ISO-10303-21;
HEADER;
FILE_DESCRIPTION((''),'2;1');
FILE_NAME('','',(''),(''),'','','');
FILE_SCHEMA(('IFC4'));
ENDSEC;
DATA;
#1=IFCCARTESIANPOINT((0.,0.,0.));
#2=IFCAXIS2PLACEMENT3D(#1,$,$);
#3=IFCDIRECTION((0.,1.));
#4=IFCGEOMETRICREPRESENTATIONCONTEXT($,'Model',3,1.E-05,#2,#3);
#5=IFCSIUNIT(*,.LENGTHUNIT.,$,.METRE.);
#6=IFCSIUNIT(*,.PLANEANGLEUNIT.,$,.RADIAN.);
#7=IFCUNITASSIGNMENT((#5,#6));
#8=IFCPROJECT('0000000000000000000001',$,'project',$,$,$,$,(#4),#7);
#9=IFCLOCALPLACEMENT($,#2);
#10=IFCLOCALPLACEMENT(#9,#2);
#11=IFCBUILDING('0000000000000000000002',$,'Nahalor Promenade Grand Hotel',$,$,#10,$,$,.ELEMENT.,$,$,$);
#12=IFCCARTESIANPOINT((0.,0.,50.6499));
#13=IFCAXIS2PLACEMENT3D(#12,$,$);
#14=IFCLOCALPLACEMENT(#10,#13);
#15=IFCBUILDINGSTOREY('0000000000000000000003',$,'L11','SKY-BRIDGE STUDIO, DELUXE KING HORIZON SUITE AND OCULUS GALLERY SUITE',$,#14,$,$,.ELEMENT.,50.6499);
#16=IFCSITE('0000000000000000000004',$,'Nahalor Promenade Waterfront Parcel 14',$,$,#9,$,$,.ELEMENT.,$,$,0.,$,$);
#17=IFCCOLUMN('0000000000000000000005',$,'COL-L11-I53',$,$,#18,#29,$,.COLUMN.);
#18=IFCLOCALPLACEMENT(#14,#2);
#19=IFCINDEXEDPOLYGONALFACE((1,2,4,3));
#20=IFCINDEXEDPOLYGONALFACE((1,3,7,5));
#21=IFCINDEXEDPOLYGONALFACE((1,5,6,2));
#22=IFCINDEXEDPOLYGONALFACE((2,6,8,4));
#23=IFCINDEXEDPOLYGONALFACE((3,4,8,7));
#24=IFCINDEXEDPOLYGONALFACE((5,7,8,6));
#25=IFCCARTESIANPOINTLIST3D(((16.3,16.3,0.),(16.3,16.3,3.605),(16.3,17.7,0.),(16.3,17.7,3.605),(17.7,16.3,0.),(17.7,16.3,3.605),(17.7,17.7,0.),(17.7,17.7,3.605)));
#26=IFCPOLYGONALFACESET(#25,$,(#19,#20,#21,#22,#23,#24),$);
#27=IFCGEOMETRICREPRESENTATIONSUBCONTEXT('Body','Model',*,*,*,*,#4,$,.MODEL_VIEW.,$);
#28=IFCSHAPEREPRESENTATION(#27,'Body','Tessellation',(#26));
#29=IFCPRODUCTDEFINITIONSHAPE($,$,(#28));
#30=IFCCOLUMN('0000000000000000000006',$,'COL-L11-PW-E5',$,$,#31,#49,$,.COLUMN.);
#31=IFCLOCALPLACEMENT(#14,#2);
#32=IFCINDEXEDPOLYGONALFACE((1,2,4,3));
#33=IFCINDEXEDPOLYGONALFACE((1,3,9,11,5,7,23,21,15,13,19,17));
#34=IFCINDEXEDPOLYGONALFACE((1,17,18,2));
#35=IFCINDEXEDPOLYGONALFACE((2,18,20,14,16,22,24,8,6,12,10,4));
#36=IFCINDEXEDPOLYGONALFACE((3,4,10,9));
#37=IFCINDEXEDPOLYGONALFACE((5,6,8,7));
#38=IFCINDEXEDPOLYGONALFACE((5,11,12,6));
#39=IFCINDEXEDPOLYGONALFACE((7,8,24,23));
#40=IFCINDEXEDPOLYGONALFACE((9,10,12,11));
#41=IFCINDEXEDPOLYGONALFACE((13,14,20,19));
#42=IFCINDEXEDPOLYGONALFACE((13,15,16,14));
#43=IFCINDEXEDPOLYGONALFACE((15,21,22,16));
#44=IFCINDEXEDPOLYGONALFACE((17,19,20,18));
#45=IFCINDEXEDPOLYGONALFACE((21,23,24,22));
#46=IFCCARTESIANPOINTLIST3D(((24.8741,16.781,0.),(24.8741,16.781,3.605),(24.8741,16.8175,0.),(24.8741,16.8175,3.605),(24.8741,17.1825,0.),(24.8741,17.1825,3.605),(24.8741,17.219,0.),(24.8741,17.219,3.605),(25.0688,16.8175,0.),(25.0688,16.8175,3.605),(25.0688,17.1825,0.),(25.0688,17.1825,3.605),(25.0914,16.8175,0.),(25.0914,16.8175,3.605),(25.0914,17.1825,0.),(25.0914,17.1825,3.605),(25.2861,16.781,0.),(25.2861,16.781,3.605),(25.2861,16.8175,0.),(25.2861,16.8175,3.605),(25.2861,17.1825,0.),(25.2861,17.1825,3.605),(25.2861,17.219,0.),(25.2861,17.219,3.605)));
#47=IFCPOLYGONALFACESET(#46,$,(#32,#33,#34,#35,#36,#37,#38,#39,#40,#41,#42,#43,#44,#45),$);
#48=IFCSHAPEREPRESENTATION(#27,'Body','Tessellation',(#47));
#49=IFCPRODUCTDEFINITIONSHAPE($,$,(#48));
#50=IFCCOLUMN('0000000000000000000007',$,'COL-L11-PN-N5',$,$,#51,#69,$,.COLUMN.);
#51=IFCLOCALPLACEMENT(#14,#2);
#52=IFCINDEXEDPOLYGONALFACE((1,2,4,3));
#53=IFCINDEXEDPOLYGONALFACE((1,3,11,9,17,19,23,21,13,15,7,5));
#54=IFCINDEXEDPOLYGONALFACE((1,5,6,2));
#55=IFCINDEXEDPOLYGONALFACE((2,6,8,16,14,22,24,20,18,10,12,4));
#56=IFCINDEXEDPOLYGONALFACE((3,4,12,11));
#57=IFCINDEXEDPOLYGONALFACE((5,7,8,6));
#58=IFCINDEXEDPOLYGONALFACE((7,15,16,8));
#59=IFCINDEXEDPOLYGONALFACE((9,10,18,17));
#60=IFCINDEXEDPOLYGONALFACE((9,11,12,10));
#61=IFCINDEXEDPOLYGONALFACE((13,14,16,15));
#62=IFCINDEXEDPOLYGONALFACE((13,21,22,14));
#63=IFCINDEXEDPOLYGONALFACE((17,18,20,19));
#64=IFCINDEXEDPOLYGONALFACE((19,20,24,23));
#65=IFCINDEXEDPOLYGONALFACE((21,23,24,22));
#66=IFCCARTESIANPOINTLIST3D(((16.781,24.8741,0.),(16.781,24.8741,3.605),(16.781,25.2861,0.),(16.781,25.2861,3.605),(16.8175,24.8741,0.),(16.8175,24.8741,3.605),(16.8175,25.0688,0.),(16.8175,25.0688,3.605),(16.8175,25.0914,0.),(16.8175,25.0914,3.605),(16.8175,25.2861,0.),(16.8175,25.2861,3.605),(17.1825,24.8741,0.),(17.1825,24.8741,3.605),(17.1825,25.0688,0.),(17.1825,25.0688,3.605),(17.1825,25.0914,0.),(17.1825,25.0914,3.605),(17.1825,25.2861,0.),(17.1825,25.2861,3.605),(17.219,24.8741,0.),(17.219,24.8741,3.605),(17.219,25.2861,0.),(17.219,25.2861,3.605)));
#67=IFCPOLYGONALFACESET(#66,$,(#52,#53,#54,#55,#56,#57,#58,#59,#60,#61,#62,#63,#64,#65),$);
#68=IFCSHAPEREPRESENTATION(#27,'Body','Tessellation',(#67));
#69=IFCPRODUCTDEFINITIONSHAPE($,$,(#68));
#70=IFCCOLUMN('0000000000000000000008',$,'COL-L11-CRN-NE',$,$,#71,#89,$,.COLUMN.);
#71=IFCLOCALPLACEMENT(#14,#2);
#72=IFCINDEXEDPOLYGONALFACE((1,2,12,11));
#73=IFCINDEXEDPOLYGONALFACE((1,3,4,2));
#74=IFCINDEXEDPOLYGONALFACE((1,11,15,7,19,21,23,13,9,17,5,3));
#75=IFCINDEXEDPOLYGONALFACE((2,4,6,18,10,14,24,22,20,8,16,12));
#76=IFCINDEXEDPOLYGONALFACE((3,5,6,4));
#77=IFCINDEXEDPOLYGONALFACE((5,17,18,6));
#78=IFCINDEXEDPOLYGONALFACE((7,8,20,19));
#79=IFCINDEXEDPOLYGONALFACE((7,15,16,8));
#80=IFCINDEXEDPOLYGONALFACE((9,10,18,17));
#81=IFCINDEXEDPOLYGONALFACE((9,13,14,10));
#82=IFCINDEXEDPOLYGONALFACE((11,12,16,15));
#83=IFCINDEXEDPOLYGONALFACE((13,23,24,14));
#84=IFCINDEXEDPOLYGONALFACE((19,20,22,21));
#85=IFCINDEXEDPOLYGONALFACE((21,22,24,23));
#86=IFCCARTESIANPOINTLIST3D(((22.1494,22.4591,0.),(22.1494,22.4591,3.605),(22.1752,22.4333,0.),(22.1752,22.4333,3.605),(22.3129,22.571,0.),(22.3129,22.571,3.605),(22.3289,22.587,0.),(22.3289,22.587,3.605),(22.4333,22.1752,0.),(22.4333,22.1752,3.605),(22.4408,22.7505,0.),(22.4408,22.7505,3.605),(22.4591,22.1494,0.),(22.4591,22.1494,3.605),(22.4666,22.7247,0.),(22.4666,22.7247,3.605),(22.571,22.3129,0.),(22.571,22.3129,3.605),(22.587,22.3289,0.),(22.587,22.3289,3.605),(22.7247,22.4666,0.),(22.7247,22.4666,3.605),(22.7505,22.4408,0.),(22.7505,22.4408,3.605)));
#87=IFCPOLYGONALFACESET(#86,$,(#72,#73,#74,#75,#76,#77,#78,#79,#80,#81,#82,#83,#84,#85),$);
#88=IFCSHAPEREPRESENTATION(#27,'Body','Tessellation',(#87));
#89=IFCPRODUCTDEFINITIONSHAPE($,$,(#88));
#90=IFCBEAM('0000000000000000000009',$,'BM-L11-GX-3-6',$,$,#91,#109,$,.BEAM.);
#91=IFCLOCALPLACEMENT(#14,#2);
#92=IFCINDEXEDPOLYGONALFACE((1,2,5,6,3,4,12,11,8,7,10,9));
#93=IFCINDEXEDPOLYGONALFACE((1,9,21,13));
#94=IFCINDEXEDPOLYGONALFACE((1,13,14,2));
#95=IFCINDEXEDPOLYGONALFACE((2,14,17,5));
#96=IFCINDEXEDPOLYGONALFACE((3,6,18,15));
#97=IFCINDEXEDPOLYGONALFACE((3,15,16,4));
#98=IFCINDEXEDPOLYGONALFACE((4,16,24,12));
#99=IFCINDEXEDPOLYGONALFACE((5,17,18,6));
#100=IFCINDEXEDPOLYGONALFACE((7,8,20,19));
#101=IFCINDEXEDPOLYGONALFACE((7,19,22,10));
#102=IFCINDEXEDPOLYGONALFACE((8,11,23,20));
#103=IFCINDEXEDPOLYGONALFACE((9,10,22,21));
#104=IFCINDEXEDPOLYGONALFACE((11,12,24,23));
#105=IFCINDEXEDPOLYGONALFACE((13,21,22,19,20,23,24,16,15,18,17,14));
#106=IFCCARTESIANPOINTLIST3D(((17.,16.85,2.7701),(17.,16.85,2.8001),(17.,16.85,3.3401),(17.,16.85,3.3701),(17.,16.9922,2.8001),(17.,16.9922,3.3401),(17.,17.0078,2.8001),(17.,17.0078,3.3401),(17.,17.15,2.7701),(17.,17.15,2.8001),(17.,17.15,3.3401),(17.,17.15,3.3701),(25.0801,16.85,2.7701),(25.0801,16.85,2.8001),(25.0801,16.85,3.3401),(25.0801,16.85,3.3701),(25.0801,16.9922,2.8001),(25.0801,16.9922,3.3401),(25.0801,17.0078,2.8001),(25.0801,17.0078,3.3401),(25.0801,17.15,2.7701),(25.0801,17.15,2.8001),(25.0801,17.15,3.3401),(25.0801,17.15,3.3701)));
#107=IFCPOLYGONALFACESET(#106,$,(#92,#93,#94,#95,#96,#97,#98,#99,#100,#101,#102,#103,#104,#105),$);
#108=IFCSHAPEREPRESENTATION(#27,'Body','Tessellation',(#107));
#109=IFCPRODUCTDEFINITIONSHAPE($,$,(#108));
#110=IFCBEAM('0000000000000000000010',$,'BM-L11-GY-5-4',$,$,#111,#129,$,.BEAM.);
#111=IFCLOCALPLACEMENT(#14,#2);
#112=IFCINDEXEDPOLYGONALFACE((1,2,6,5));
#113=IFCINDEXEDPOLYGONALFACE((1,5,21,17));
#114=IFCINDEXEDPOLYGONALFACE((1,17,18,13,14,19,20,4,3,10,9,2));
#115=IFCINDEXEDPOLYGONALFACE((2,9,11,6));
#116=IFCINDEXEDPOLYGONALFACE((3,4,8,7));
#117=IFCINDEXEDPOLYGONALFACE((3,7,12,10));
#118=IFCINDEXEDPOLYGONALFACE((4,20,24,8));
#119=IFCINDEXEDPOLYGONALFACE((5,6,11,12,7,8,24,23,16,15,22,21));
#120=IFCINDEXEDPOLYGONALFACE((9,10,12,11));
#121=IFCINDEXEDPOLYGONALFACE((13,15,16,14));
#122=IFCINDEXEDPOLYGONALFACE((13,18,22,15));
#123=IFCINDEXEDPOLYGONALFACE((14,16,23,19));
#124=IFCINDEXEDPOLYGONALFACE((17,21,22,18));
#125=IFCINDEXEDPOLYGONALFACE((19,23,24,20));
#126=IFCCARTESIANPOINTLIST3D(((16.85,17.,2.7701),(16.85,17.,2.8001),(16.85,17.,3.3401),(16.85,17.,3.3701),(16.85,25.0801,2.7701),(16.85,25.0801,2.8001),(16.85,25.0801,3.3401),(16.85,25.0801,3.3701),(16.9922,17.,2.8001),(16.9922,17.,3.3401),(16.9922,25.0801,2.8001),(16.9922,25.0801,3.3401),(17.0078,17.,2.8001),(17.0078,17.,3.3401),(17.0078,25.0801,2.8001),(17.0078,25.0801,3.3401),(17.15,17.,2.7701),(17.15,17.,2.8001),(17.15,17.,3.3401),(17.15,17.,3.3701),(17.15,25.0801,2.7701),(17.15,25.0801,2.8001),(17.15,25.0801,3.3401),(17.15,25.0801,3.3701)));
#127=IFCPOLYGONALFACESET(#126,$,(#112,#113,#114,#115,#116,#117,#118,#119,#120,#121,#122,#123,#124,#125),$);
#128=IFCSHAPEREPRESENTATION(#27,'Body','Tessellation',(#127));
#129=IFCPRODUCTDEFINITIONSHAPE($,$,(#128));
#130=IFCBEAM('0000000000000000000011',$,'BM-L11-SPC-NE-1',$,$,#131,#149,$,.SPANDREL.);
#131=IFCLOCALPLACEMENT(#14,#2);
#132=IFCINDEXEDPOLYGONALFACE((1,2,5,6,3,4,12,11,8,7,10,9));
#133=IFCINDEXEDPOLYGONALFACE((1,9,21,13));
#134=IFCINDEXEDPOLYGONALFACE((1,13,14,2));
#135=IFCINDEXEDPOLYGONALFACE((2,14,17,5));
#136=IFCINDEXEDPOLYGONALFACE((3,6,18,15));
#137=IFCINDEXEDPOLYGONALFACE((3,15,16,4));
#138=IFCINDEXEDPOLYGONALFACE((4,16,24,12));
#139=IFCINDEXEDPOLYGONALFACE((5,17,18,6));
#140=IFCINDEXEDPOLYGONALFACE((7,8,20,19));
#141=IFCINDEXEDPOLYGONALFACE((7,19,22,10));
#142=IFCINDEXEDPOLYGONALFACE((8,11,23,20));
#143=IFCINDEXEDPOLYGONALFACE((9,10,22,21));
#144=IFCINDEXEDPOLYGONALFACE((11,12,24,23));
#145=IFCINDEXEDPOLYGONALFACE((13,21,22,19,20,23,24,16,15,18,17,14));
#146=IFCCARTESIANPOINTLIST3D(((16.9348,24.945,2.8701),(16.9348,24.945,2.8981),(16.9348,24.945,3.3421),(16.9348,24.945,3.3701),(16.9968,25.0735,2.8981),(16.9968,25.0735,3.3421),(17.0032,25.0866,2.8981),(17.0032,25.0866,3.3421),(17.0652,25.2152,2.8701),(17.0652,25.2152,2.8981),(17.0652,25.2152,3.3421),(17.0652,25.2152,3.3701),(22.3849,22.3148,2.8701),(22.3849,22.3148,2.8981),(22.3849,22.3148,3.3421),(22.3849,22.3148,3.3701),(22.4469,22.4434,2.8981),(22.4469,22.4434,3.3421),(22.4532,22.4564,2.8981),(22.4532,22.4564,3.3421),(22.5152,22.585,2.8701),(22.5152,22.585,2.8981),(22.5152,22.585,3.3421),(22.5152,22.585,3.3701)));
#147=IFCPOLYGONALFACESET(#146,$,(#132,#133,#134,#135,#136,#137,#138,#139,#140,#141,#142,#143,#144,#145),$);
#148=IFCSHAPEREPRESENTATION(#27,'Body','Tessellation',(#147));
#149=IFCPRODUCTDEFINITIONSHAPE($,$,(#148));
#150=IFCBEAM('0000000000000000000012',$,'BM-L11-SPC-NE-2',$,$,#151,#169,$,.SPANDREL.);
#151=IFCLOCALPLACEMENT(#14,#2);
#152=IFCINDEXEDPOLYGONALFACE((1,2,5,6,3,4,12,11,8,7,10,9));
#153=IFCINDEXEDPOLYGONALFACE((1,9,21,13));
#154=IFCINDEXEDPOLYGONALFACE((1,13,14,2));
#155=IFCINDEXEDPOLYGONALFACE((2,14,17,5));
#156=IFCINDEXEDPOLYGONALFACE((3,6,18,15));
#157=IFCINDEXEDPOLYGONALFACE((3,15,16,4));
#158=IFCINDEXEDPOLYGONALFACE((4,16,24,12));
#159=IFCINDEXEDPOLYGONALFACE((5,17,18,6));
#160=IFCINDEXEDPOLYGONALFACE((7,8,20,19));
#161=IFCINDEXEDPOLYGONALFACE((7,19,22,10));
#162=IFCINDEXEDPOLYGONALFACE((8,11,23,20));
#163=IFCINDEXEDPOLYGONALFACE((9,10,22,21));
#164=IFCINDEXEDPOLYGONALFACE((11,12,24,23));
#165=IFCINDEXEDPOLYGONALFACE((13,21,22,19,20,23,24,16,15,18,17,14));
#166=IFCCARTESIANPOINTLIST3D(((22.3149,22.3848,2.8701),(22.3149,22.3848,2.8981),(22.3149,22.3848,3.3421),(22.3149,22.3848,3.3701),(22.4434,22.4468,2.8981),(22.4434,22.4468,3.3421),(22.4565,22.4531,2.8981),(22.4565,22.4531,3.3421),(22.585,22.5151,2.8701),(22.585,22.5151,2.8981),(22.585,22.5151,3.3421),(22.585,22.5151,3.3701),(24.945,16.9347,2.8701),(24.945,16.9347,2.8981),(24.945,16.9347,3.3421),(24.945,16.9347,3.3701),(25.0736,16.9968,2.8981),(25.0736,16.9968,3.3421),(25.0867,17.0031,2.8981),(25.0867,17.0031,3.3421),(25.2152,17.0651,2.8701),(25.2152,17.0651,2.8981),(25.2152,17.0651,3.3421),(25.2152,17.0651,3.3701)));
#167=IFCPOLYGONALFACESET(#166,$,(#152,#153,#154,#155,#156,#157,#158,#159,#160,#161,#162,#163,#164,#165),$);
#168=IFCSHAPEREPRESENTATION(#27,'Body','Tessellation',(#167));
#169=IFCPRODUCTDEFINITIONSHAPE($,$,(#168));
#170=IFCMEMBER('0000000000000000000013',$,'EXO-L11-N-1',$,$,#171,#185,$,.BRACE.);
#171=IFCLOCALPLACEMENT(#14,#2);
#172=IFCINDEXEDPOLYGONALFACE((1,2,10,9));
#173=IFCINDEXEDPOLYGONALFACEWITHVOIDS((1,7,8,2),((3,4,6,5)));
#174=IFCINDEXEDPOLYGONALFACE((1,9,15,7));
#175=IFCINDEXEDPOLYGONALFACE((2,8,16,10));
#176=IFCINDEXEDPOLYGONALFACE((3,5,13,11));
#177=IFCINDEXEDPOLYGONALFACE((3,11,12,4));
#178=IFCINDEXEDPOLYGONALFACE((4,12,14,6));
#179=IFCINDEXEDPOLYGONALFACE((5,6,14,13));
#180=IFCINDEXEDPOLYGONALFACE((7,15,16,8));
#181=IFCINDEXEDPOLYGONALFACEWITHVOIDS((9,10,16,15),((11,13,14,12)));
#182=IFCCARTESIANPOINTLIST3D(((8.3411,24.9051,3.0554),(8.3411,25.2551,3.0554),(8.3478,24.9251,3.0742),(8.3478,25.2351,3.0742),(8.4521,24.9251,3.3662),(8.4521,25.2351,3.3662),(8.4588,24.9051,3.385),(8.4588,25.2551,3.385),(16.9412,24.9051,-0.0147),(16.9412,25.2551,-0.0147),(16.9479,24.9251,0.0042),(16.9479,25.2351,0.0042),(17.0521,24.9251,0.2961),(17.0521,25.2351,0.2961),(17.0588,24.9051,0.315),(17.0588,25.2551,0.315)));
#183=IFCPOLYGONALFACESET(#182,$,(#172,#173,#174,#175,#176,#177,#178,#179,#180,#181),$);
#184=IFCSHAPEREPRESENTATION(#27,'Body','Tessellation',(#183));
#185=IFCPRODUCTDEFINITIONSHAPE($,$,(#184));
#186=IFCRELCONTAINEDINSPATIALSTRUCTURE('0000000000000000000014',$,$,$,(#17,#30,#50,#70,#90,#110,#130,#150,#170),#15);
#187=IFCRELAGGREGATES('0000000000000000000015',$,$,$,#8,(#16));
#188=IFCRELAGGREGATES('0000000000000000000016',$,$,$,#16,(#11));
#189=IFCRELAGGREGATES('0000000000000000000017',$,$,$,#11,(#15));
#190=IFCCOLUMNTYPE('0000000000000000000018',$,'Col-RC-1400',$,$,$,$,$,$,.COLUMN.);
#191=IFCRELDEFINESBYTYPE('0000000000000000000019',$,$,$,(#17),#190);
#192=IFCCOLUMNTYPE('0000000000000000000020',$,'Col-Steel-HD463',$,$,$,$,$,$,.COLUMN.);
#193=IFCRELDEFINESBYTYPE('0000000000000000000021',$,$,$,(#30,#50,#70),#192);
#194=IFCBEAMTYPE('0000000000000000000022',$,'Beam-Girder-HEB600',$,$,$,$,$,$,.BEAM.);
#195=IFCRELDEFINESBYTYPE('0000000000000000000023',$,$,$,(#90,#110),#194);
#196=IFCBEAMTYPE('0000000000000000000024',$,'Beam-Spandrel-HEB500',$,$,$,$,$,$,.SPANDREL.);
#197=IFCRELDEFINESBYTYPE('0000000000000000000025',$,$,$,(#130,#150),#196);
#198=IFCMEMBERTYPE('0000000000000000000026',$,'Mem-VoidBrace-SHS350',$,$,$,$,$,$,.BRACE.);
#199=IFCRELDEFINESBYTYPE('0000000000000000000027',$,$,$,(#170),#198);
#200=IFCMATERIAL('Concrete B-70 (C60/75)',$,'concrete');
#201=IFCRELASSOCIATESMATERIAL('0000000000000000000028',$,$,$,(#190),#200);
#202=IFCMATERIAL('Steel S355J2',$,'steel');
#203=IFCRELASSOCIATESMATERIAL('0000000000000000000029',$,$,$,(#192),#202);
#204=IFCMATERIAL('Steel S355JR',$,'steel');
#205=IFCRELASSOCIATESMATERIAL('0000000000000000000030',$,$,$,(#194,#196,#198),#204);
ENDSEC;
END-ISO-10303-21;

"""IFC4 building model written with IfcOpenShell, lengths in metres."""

from ifc_helpers import new_model, si_unit, direction, frame, origin, origin_2d, place, context, subcontext, project, spatial, rectangle, hollow_rectangle, i_section, extrude, source, transform, mapped, material, material_profile, profile_set, type_object, element, save


model = new_model("IFC4")

# Units and contexts
model_context = context("Model", 3, precision=1e-05, world=origin(), true_north=direction((0.0, 1.0)))
body_context = subcontext(model_context, "Body", "Model", "MODEL_VIEW")
ifc_project = project(units=[si_unit("LENGTHUNIT", "METRE"), si_unit("PLANEANGLEUNIT", "RADIAN")], contexts=[model_context])

# Site, building, storey
site_placement = place(None, origin())
site = spatial("IfcSite", under=ifc_project, at=site_placement, Name="Nahalor Promenade Waterfront Parcel 14", CompositionType="ELEMENT", RefElevation=0.0)
building_placement = place(site_placement, origin())
building = spatial("IfcBuilding", under=site, at=building_placement, Name="Nahalor Promenade Grand Hotel", CompositionType="ELEMENT")
storey_placement = place(building_placement, frame((0.0, 0.0, 50.6499)))
storey = spatial("IfcBuildingStorey", under=building, at=storey_placement, Name="L11", Description="SKY-BRIDGE STUDIO, DELUXE KING HORIZON SUITE AND OCULUS GALLERY SUITE", CompositionType="ELEMENT", Elevation=50.6499)

# Columns
ifc_material_1 = material(Name="Concrete B-70 (C60/75)", Category="concrete")
ifc_material_profile_1 = material_profile(ifc_material_1, rectangle(XDim=1.4, YDim=1.4, at=origin_2d()), Name="RC 1400x1400")
ifc_profile_set_1 = profile_set([ifc_material_profile_1], Name="Concrete B-70 (C60/75)")
column_type_1 = type_object("IfcColumnType", Name="Col-RC-1400", PredefinedType="COLUMN", material=ifc_profile_set_1)
shared_shape_1 = source(origin(), body_context, "Body", "SweptSolid", [
    extrude(rectangle(XDim=1.4, YDim=1.4, at=origin_2d()), origin(), (0.0, 0.0, 1.0), 3.605),
])
column_placement = place(storey_placement, frame((17.0, 17.0, 0.0), z_axis=(0.0, 0.0, 1.0), x_axis=(1.0, 0.0, 0.0)))
element("IfcColumn", 1, at=column_placement, inside=storey, type_object=column_type_1, Name="COL-L11-I53", PredefinedType="COLUMN", context=body_context, shape_type="MappedRepresentation", body=[
    mapped(shared_shape_1, transform((0.0, 0.0, 0.0), scale=1.0)),
])
ifc_material_2 = material(Name="Steel S355J2", Category="steel")
ifc_material_profile_2 = material_profile(ifc_material_2, i_section(OverallWidth=0.412, OverallDepth=0.438, WebThickness=0.0226, FlangeThickness=0.0365, at=origin_2d()), Name="HD 400x463")
ifc_profile_set_2 = profile_set([ifc_material_profile_2], Name="Steel S355J2")
column_type_2 = type_object("IfcColumnType", Name="Col-Steel-HD463", PredefinedType="COLUMN", material=ifc_profile_set_2)
shared_shape_2 = source(origin(), body_context, "Body", "SweptSolid", [
    extrude(i_section(OverallWidth=0.412, OverallDepth=0.438, WebThickness=0.0226, FlangeThickness=0.0365, at=origin_2d()), origin(), (0.0, 0.0, 1.0), 3.605),
])
for number, where, z_axis, x_axis, name in (
    (2, (25.0801, 17.0, 0.0), (0.0, 0.0, 1.0), (1.0, 0.0, 0.0), "COL-L11-PW-E5"),
    (3, (17.0, 25.0801, 0.0), (0.0, 0.0, 1.0), (0.0, 1.0, 0.0), "COL-L11-PN-N5"),
    (4, (22.45, 22.45, 0.0), (0.0, 0.0, 1.0), (0.707107, 0.707107, 0.0), "COL-L11-CRN-NE"),
):
    element("IfcColumn", number, at=place(storey_placement, frame(where, z_axis=z_axis, x_axis=x_axis)), inside=storey, type_object=column_type_2, Name=name, PredefinedType="COLUMN", context=body_context, shape_type="MappedRepresentation", body=[
        mapped(shared_shape_2, transform((0.0, 0.0, 0.0), scale=1.0)),
    ])

# Beams
ifc_material_3 = material(Name="Steel S355JR", Category="steel")
ifc_material_profile_3 = material_profile(ifc_material_3, i_section(OverallWidth=0.3, OverallDepth=0.6, WebThickness=0.0155, FlangeThickness=0.03, at=origin_2d()), Name="HEB 600")
ifc_profile_set_3 = profile_set([ifc_material_profile_3], Name="Steel S355JR")
beam_type_1 = type_object("IfcBeamType", Name="Beam-Girder-HEB600", PredefinedType="BEAM", material=ifc_profile_set_3)
shared_shape_3 = source(origin(), body_context, "Body", "SweptSolid", [
    extrude(i_section(OverallWidth=0.3, OverallDepth=0.6, WebThickness=0.0155, FlangeThickness=0.03, at=origin_2d()), origin(), (0.0, 0.0, 1.0), 8.0801),
])
for number, where, z_axis, x_axis, name in (
    (5, (17.0, 17.0, 3.0701), (1.0, 0.0, 0.0), (0.0, 1.0, 0.0), "BM-L11-GX-3-6"),
    (6, (17.0, 17.0, 3.0701), (0.0, 1.0, 0.0), (-1.0, 0.0, 0.0), "BM-L11-GY-5-4"),
):
    element("IfcBeam", number, at=place(storey_placement, frame(where, z_axis=z_axis, x_axis=x_axis)), inside=storey, type_object=beam_type_1, Name=name, PredefinedType="BEAM", context=body_context, shape_type="MappedRepresentation", body=[
        mapped(shared_shape_3, transform((0.0, 0.0, 0.0), scale=1.0)),
    ])
ifc_material_profile_4 = material_profile(ifc_material_3, i_section(OverallWidth=0.3, OverallDepth=0.5, WebThickness=0.0145, FlangeThickness=0.028, at=origin_2d()), Name="HEB 500")
ifc_profile_set_4 = profile_set([ifc_material_profile_4], Name="Steel S355JR")
beam_type_2 = type_object("IfcBeamType", Name="Beam-Spandrel-HEB500", PredefinedType="SPANDREL", material=ifc_profile_set_4)
shared_shape_4 = source(origin(), body_context, "Body", "SweptSolid", [
    extrude(i_section(OverallWidth=0.3, OverallDepth=0.5, WebThickness=0.0145, FlangeThickness=0.028, at=origin_2d()), origin(), (0.0, 0.0, 1.0), 6.0515),
])
for number, where, z_axis, x_axis, name in (
    (7, (17.0, 25.0801, 3.1201), (0.900609, -0.434631, 0.0), (0.434631, 0.900609, 0.0), "BM-L11-SPC-NE-1"),
    (8, (22.45, 22.45, 3.1201), (0.434631, -0.900609, 0.0), (0.900609, 0.434631, 0.0), "BM-L11-SPC-NE-2"),
):
    element("IfcBeam", number, at=place(storey_placement, frame(where, z_axis=z_axis, x_axis=x_axis)), inside=storey, type_object=beam_type_2, Name=name, PredefinedType="SPANDREL", context=body_context, shape_type="MappedRepresentation", body=[
        mapped(shared_shape_4, transform((0.0, 0.0, 0.0), scale=1.0)),
    ])

# Member
ifc_material_profile_5 = material_profile(ifc_material_3, hollow_rectangle(XDim=0.35, YDim=0.35, WallThickness=0.02, at=origin_2d()), Name="SHS 350x350x20")
ifc_profile_set_5 = profile_set([ifc_material_profile_5], Name="Steel S355JR")
member_type_1 = type_object("IfcMemberType", Name="Mem-VoidBrace-SHS350", PredefinedType="BRACE", material=ifc_profile_set_5)
shared_shape_5 = source(origin(), body_context, "Body", "SweptSolid", [
    extrude(hollow_rectangle(XDim=0.35, YDim=0.35, WallThickness=0.02, at=origin_2d()), origin(), (0.0, 0.0, 1.0), 9.1316),
])
member_1_placement = place(storey_placement, frame((17.0, 25.0801, 0.1501), z_axis=(-0.94179, 0.0, 0.336201), x_axis=(0.0, -1.0, 0.0)))
element("IfcMember", 9, at=member_1_placement, inside=storey, type_object=member_type_1, Name="EXO-L11-N-1", PredefinedType="BRACE", context=body_context, shape_type="MappedRepresentation", body=[
    mapped(shared_shape_5, transform((0.0, 0.0, 0.0), scale=1.0)),
])

save(model, "model.ifc")
